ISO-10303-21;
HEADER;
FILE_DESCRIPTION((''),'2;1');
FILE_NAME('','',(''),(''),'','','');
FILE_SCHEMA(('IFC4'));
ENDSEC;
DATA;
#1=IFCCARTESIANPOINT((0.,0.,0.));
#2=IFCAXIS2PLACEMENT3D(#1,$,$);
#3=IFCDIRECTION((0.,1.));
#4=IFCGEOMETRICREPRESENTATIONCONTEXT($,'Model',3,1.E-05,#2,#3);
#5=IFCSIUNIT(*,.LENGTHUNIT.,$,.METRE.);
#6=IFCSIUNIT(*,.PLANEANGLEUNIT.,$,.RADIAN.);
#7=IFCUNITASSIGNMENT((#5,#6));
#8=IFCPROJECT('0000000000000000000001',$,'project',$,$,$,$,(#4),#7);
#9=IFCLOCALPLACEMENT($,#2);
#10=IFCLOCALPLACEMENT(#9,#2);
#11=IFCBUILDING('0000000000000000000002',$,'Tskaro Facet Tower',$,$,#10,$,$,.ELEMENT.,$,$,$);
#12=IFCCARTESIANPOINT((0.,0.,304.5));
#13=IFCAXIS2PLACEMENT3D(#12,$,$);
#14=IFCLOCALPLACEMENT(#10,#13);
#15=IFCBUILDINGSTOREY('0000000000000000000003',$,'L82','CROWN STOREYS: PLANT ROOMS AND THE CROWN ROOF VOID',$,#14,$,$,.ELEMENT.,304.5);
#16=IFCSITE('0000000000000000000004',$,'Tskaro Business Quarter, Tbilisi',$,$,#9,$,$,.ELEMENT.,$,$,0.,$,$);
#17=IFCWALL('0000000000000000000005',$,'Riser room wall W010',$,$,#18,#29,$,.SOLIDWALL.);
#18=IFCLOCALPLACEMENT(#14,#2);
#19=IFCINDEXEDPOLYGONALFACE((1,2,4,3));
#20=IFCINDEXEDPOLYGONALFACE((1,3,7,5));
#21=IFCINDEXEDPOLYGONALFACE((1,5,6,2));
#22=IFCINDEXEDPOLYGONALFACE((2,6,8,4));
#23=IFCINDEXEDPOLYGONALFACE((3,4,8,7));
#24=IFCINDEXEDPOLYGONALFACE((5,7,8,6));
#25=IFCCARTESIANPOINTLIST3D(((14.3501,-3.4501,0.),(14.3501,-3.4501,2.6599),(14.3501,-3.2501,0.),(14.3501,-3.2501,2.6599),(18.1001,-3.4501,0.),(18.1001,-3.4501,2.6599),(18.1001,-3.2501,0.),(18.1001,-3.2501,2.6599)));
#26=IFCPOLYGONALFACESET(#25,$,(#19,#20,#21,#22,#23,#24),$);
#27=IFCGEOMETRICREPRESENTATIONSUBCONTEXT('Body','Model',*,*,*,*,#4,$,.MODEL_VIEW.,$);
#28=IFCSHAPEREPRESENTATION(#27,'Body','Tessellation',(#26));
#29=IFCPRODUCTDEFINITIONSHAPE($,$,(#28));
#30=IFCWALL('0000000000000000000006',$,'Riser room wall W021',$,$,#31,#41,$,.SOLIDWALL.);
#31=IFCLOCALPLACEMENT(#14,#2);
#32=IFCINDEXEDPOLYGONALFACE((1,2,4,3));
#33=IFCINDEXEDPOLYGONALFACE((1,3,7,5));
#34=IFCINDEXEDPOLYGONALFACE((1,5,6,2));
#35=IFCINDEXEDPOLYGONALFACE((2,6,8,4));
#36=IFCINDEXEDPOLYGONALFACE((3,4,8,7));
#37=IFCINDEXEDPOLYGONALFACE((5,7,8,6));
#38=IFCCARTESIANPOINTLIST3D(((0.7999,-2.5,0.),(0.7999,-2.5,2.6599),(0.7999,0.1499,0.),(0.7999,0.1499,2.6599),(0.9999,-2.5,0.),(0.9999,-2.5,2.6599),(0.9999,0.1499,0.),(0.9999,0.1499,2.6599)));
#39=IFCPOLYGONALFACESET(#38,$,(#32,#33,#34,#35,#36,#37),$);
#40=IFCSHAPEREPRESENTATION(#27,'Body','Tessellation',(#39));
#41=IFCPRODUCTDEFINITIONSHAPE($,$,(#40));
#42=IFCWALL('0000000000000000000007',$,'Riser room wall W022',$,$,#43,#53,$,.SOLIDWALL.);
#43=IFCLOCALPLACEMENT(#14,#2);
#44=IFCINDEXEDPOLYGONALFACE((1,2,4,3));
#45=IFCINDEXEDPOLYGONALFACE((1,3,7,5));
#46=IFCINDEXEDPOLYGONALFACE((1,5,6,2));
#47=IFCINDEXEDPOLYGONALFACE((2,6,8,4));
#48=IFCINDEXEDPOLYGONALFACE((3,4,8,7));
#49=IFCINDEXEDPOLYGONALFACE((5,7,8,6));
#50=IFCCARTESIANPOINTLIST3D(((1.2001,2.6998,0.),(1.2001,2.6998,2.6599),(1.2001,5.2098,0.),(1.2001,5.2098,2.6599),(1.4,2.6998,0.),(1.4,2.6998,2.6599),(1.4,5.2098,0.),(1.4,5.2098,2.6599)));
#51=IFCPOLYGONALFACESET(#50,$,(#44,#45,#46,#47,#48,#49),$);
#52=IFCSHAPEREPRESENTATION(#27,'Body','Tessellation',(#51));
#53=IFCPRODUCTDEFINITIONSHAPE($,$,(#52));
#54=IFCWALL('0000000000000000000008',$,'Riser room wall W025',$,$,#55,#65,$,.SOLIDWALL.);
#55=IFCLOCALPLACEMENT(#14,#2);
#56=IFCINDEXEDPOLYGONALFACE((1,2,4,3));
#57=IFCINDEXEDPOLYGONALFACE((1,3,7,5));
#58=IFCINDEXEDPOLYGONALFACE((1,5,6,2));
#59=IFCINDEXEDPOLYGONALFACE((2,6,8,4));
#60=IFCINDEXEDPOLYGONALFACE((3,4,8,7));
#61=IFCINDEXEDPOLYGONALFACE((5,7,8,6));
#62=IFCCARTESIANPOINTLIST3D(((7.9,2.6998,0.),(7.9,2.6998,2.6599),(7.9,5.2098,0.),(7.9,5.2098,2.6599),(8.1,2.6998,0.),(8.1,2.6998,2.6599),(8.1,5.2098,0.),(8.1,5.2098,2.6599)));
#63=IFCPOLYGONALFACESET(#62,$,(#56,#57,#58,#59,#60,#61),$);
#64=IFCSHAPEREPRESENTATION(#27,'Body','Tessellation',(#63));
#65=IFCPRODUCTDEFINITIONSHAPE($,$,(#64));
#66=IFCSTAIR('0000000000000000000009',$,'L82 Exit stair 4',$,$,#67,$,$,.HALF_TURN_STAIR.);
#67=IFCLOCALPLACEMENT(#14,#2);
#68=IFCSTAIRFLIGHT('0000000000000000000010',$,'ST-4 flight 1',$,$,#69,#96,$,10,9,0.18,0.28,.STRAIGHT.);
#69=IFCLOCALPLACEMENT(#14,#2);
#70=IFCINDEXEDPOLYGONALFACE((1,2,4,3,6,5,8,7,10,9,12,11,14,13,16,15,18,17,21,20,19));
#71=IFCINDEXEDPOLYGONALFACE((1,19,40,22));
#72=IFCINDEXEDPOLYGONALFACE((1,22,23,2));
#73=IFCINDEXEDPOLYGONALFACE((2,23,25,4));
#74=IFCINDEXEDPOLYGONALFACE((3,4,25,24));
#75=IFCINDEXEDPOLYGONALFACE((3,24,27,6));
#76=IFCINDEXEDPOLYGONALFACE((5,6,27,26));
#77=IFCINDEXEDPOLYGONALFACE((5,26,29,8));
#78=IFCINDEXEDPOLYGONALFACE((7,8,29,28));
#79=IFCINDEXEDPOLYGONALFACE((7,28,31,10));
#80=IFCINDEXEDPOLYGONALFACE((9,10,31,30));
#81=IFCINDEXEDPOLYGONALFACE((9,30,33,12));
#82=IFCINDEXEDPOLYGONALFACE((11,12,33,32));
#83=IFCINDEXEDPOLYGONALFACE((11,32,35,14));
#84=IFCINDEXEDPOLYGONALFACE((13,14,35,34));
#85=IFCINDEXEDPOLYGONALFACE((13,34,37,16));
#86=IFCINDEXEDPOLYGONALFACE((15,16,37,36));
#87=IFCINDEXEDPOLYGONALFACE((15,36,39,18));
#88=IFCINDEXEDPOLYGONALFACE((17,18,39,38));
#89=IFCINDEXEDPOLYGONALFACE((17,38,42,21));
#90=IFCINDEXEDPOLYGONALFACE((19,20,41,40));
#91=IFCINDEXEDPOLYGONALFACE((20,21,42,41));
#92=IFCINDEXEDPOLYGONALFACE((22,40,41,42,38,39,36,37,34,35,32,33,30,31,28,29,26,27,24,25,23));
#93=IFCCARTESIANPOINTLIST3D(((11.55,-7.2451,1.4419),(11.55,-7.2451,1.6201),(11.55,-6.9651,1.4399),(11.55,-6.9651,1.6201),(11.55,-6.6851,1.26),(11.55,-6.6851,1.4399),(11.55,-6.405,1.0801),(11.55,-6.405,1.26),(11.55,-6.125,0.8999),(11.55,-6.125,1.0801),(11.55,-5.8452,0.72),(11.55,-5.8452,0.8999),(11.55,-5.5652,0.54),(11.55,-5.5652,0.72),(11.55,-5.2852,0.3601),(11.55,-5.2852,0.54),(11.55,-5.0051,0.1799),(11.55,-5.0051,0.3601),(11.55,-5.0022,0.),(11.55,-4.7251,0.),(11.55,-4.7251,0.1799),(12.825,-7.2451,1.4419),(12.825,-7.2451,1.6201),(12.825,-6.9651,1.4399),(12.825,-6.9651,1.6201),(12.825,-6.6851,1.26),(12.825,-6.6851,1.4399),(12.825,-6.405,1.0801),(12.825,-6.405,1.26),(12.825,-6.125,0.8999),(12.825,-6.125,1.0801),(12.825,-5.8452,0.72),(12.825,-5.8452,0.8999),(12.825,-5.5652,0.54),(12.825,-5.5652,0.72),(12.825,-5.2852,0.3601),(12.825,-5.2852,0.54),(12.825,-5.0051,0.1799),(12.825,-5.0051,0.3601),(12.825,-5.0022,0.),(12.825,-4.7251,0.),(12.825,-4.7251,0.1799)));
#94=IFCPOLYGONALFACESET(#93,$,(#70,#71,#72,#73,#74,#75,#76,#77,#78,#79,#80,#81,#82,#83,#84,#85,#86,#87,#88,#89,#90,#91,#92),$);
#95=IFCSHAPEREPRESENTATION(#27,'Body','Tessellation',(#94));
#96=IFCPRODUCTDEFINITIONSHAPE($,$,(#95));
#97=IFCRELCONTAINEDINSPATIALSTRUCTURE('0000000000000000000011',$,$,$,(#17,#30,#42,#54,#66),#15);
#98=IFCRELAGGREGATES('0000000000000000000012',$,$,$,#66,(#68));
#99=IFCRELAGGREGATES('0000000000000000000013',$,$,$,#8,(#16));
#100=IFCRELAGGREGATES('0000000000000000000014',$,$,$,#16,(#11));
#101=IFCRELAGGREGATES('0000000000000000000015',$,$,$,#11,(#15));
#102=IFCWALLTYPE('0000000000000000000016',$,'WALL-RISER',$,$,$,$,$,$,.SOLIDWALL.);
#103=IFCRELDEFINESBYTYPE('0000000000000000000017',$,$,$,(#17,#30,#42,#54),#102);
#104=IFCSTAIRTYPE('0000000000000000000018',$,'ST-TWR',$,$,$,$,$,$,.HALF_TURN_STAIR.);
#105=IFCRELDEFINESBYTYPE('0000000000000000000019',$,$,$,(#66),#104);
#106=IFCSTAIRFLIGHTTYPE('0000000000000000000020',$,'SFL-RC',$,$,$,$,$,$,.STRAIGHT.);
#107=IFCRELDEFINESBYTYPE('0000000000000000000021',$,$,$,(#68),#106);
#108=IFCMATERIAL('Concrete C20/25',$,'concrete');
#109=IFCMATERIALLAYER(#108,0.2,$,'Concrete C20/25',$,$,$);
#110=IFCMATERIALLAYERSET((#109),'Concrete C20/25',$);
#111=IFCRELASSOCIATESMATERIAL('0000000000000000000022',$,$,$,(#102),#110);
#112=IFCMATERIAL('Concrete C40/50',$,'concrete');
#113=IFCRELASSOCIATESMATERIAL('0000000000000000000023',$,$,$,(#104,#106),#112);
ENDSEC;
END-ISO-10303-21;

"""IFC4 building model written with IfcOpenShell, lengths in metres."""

from ifc_helpers import new_model, si_unit, direction, frame, frame_2d, origin, place, context, subcontext, project, spatial, polyline, rectangle, outline, extrude, material, layer, layer_set, type_object, element, aggregate, save


model = new_model("IFC4")

# Units and contexts
model_context = context("Model", 3, precision=1e-05, world=origin(), true_north=direction((0.0, 1.0)))
body_context = subcontext(model_context, "Body", "Model", "MODEL_VIEW")
ifc_project = project(units=[si_unit("LENGTHUNIT", "METRE"), si_unit("PLANEANGLEUNIT", "RADIAN")], contexts=[model_context])

# Site, building, storey
site_placement = place(None, origin())
site = spatial("IfcSite", under=ifc_project, at=site_placement, Name="Tskaro Business Quarter, Tbilisi", CompositionType="ELEMENT", RefElevation=0.0)
building_placement = place(site_placement, origin())
building = spatial("IfcBuilding", under=site, at=building_placement, Name="Tskaro Facet Tower", CompositionType="ELEMENT")
storey_placement = place(building_placement, frame((0.0, 0.0, 304.5)))
storey = spatial("IfcBuildingStorey", under=building, at=storey_placement, Name="L82", Description="CROWN STOREYS: PLANT ROOMS AND THE CROWN ROOF VOID", CompositionType="ELEMENT", Elevation=304.5)

# Walls
ifc_material_1 = material(Name="Concrete C20/25", Category="concrete")
ifc_layer_1 = layer(ifc_material_1, 0.2, Name="Concrete C20/25")
ifc_layer_set_1 = layer_set([ifc_layer_1], Name="Concrete C20/25")
wall_type_1 = type_object("IfcWallType", Name="WALL-RISER", PredefinedType="SOLIDWALL", material=ifc_layer_set_1)
wall_1_placement = place(storey_placement, frame((14.3501, -3.3501, 0.0), z_axis=(0.0, 0.0, 1.0), x_axis=(1.0, 0.0, 0.0)))
element("IfcWall", 1, at=wall_1_placement, inside=storey, type_object=wall_type_1, Name="Riser room wall W010", PredefinedType="SOLIDWALL", context=body_context, shape_type="SweptSolid", body=[
    extrude(rectangle(XDim=3.75, YDim=0.2, at=frame_2d((1.875, 0.0))), origin(), (0.0, 0.0, 1.0), 2.6599),
])
wall_2_placement = place(storey_placement, frame((0.8999, -2.5, 0.0), z_axis=(0.0, 0.0, 1.0), x_axis=(0.0, 1.0, 0.0)))
element("IfcWall", 2, at=wall_2_placement, inside=storey, type_object=wall_type_1, Name="Riser room wall W021", PredefinedType="SOLIDWALL", context=body_context, shape_type="SweptSolid", body=[
    extrude(rectangle(XDim=2.6499, YDim=0.2, at=frame_2d((1.325, 0.0))), origin(), (0.0, 0.0, 1.0), 2.6599),
])
for number, where, z_axis, x_axis, name in (
    (3, (1.3, 2.7, 0.0), (0.0, 0.0, 1.0), (0.0, 1.0, 0.0), "Riser room wall W022"),
    (4, (8.0, 2.7, 0.0), (0.0, 0.0, 1.0), (0.0, 1.0, 0.0), "Riser room wall W025"),
):
    element("IfcWall", number, at=place(storey_placement, frame(where, z_axis=z_axis, x_axis=x_axis)), inside=storey, type_object=wall_type_1, Name=name, PredefinedType="SOLIDWALL", context=body_context, shape_type="SweptSolid", body=[
        extrude(rectangle(XDim=2.51, YDim=0.2, at=frame_2d((1.2549, 0.0))), origin(), (0.0, 0.0, 1.0), 2.6599),
    ])

# Stair, stair flight
ifc_material_2 = material(Name="Concrete C40/50", Category="concrete")
stair_type = type_object("IfcStairType", Name="ST-TWR", PredefinedType="HALF_TURN_STAIR", material=ifc_material_2)
stair_placement = place(storey_placement, origin())
stair = element("IfcStair", 5, at=stair_placement, inside=storey, type_object=stair_type, Name="L82 Exit stair 4", PredefinedType="HALF_TURN_STAIR")
stair_flight_type = type_object("IfcStairFlightType", Name="SFL-RC", PredefinedType="STRAIGHT", material=ifc_material_2)
stair_flight_placement = place(storey_placement, frame((12.1875, -4.7251, 0.0), z_axis=(0.0, 0.0, 1.0), x_axis=(0.0, -1.0, 0.0)))
stair_flight = element("IfcStairFlight", 6, at=stair_flight_placement, type_object=stair_flight_type, Name="ST-4 flight 1", NumberOfRisers=10, NumberOfTreads=9, PredefinedType="STRAIGHT", RiserHeight=0.18, TreadLength=0.28, context=body_context, shape_type="SweptSolid", body=[
    extrude(outline(polyline([(0.0, 0.0), (0.0, 0.1799), (0.28, 0.1799), (0.28, 0.3601), (0.5601, 0.3601), (0.5601, 0.54), (0.8401, 0.54), (0.8401, 0.72), (1.1201, 0.72), (1.1201, 0.8999), (1.3999, 0.8999), (1.3999, 1.0801), (1.6799, 1.0801), (1.6799, 1.26), (1.96, 1.26), (1.96, 1.4399), (2.24, 1.4399), (2.24, 1.6201), (2.52, 1.6201), (2.52, 1.8), (2.52, 1.4419), (0.2771, 0.0), (0.0, 0.0)])), frame((0.0, 0.6375, 0.0), z_axis=(0.0, -1.0, 0.0), x_axis=(1.0, 0.0, 0.0)), (0.0, 0.0, 1.0), 1.2749),
])
aggregate(stair, [stair_flight])

save(model, "model.ifc")
